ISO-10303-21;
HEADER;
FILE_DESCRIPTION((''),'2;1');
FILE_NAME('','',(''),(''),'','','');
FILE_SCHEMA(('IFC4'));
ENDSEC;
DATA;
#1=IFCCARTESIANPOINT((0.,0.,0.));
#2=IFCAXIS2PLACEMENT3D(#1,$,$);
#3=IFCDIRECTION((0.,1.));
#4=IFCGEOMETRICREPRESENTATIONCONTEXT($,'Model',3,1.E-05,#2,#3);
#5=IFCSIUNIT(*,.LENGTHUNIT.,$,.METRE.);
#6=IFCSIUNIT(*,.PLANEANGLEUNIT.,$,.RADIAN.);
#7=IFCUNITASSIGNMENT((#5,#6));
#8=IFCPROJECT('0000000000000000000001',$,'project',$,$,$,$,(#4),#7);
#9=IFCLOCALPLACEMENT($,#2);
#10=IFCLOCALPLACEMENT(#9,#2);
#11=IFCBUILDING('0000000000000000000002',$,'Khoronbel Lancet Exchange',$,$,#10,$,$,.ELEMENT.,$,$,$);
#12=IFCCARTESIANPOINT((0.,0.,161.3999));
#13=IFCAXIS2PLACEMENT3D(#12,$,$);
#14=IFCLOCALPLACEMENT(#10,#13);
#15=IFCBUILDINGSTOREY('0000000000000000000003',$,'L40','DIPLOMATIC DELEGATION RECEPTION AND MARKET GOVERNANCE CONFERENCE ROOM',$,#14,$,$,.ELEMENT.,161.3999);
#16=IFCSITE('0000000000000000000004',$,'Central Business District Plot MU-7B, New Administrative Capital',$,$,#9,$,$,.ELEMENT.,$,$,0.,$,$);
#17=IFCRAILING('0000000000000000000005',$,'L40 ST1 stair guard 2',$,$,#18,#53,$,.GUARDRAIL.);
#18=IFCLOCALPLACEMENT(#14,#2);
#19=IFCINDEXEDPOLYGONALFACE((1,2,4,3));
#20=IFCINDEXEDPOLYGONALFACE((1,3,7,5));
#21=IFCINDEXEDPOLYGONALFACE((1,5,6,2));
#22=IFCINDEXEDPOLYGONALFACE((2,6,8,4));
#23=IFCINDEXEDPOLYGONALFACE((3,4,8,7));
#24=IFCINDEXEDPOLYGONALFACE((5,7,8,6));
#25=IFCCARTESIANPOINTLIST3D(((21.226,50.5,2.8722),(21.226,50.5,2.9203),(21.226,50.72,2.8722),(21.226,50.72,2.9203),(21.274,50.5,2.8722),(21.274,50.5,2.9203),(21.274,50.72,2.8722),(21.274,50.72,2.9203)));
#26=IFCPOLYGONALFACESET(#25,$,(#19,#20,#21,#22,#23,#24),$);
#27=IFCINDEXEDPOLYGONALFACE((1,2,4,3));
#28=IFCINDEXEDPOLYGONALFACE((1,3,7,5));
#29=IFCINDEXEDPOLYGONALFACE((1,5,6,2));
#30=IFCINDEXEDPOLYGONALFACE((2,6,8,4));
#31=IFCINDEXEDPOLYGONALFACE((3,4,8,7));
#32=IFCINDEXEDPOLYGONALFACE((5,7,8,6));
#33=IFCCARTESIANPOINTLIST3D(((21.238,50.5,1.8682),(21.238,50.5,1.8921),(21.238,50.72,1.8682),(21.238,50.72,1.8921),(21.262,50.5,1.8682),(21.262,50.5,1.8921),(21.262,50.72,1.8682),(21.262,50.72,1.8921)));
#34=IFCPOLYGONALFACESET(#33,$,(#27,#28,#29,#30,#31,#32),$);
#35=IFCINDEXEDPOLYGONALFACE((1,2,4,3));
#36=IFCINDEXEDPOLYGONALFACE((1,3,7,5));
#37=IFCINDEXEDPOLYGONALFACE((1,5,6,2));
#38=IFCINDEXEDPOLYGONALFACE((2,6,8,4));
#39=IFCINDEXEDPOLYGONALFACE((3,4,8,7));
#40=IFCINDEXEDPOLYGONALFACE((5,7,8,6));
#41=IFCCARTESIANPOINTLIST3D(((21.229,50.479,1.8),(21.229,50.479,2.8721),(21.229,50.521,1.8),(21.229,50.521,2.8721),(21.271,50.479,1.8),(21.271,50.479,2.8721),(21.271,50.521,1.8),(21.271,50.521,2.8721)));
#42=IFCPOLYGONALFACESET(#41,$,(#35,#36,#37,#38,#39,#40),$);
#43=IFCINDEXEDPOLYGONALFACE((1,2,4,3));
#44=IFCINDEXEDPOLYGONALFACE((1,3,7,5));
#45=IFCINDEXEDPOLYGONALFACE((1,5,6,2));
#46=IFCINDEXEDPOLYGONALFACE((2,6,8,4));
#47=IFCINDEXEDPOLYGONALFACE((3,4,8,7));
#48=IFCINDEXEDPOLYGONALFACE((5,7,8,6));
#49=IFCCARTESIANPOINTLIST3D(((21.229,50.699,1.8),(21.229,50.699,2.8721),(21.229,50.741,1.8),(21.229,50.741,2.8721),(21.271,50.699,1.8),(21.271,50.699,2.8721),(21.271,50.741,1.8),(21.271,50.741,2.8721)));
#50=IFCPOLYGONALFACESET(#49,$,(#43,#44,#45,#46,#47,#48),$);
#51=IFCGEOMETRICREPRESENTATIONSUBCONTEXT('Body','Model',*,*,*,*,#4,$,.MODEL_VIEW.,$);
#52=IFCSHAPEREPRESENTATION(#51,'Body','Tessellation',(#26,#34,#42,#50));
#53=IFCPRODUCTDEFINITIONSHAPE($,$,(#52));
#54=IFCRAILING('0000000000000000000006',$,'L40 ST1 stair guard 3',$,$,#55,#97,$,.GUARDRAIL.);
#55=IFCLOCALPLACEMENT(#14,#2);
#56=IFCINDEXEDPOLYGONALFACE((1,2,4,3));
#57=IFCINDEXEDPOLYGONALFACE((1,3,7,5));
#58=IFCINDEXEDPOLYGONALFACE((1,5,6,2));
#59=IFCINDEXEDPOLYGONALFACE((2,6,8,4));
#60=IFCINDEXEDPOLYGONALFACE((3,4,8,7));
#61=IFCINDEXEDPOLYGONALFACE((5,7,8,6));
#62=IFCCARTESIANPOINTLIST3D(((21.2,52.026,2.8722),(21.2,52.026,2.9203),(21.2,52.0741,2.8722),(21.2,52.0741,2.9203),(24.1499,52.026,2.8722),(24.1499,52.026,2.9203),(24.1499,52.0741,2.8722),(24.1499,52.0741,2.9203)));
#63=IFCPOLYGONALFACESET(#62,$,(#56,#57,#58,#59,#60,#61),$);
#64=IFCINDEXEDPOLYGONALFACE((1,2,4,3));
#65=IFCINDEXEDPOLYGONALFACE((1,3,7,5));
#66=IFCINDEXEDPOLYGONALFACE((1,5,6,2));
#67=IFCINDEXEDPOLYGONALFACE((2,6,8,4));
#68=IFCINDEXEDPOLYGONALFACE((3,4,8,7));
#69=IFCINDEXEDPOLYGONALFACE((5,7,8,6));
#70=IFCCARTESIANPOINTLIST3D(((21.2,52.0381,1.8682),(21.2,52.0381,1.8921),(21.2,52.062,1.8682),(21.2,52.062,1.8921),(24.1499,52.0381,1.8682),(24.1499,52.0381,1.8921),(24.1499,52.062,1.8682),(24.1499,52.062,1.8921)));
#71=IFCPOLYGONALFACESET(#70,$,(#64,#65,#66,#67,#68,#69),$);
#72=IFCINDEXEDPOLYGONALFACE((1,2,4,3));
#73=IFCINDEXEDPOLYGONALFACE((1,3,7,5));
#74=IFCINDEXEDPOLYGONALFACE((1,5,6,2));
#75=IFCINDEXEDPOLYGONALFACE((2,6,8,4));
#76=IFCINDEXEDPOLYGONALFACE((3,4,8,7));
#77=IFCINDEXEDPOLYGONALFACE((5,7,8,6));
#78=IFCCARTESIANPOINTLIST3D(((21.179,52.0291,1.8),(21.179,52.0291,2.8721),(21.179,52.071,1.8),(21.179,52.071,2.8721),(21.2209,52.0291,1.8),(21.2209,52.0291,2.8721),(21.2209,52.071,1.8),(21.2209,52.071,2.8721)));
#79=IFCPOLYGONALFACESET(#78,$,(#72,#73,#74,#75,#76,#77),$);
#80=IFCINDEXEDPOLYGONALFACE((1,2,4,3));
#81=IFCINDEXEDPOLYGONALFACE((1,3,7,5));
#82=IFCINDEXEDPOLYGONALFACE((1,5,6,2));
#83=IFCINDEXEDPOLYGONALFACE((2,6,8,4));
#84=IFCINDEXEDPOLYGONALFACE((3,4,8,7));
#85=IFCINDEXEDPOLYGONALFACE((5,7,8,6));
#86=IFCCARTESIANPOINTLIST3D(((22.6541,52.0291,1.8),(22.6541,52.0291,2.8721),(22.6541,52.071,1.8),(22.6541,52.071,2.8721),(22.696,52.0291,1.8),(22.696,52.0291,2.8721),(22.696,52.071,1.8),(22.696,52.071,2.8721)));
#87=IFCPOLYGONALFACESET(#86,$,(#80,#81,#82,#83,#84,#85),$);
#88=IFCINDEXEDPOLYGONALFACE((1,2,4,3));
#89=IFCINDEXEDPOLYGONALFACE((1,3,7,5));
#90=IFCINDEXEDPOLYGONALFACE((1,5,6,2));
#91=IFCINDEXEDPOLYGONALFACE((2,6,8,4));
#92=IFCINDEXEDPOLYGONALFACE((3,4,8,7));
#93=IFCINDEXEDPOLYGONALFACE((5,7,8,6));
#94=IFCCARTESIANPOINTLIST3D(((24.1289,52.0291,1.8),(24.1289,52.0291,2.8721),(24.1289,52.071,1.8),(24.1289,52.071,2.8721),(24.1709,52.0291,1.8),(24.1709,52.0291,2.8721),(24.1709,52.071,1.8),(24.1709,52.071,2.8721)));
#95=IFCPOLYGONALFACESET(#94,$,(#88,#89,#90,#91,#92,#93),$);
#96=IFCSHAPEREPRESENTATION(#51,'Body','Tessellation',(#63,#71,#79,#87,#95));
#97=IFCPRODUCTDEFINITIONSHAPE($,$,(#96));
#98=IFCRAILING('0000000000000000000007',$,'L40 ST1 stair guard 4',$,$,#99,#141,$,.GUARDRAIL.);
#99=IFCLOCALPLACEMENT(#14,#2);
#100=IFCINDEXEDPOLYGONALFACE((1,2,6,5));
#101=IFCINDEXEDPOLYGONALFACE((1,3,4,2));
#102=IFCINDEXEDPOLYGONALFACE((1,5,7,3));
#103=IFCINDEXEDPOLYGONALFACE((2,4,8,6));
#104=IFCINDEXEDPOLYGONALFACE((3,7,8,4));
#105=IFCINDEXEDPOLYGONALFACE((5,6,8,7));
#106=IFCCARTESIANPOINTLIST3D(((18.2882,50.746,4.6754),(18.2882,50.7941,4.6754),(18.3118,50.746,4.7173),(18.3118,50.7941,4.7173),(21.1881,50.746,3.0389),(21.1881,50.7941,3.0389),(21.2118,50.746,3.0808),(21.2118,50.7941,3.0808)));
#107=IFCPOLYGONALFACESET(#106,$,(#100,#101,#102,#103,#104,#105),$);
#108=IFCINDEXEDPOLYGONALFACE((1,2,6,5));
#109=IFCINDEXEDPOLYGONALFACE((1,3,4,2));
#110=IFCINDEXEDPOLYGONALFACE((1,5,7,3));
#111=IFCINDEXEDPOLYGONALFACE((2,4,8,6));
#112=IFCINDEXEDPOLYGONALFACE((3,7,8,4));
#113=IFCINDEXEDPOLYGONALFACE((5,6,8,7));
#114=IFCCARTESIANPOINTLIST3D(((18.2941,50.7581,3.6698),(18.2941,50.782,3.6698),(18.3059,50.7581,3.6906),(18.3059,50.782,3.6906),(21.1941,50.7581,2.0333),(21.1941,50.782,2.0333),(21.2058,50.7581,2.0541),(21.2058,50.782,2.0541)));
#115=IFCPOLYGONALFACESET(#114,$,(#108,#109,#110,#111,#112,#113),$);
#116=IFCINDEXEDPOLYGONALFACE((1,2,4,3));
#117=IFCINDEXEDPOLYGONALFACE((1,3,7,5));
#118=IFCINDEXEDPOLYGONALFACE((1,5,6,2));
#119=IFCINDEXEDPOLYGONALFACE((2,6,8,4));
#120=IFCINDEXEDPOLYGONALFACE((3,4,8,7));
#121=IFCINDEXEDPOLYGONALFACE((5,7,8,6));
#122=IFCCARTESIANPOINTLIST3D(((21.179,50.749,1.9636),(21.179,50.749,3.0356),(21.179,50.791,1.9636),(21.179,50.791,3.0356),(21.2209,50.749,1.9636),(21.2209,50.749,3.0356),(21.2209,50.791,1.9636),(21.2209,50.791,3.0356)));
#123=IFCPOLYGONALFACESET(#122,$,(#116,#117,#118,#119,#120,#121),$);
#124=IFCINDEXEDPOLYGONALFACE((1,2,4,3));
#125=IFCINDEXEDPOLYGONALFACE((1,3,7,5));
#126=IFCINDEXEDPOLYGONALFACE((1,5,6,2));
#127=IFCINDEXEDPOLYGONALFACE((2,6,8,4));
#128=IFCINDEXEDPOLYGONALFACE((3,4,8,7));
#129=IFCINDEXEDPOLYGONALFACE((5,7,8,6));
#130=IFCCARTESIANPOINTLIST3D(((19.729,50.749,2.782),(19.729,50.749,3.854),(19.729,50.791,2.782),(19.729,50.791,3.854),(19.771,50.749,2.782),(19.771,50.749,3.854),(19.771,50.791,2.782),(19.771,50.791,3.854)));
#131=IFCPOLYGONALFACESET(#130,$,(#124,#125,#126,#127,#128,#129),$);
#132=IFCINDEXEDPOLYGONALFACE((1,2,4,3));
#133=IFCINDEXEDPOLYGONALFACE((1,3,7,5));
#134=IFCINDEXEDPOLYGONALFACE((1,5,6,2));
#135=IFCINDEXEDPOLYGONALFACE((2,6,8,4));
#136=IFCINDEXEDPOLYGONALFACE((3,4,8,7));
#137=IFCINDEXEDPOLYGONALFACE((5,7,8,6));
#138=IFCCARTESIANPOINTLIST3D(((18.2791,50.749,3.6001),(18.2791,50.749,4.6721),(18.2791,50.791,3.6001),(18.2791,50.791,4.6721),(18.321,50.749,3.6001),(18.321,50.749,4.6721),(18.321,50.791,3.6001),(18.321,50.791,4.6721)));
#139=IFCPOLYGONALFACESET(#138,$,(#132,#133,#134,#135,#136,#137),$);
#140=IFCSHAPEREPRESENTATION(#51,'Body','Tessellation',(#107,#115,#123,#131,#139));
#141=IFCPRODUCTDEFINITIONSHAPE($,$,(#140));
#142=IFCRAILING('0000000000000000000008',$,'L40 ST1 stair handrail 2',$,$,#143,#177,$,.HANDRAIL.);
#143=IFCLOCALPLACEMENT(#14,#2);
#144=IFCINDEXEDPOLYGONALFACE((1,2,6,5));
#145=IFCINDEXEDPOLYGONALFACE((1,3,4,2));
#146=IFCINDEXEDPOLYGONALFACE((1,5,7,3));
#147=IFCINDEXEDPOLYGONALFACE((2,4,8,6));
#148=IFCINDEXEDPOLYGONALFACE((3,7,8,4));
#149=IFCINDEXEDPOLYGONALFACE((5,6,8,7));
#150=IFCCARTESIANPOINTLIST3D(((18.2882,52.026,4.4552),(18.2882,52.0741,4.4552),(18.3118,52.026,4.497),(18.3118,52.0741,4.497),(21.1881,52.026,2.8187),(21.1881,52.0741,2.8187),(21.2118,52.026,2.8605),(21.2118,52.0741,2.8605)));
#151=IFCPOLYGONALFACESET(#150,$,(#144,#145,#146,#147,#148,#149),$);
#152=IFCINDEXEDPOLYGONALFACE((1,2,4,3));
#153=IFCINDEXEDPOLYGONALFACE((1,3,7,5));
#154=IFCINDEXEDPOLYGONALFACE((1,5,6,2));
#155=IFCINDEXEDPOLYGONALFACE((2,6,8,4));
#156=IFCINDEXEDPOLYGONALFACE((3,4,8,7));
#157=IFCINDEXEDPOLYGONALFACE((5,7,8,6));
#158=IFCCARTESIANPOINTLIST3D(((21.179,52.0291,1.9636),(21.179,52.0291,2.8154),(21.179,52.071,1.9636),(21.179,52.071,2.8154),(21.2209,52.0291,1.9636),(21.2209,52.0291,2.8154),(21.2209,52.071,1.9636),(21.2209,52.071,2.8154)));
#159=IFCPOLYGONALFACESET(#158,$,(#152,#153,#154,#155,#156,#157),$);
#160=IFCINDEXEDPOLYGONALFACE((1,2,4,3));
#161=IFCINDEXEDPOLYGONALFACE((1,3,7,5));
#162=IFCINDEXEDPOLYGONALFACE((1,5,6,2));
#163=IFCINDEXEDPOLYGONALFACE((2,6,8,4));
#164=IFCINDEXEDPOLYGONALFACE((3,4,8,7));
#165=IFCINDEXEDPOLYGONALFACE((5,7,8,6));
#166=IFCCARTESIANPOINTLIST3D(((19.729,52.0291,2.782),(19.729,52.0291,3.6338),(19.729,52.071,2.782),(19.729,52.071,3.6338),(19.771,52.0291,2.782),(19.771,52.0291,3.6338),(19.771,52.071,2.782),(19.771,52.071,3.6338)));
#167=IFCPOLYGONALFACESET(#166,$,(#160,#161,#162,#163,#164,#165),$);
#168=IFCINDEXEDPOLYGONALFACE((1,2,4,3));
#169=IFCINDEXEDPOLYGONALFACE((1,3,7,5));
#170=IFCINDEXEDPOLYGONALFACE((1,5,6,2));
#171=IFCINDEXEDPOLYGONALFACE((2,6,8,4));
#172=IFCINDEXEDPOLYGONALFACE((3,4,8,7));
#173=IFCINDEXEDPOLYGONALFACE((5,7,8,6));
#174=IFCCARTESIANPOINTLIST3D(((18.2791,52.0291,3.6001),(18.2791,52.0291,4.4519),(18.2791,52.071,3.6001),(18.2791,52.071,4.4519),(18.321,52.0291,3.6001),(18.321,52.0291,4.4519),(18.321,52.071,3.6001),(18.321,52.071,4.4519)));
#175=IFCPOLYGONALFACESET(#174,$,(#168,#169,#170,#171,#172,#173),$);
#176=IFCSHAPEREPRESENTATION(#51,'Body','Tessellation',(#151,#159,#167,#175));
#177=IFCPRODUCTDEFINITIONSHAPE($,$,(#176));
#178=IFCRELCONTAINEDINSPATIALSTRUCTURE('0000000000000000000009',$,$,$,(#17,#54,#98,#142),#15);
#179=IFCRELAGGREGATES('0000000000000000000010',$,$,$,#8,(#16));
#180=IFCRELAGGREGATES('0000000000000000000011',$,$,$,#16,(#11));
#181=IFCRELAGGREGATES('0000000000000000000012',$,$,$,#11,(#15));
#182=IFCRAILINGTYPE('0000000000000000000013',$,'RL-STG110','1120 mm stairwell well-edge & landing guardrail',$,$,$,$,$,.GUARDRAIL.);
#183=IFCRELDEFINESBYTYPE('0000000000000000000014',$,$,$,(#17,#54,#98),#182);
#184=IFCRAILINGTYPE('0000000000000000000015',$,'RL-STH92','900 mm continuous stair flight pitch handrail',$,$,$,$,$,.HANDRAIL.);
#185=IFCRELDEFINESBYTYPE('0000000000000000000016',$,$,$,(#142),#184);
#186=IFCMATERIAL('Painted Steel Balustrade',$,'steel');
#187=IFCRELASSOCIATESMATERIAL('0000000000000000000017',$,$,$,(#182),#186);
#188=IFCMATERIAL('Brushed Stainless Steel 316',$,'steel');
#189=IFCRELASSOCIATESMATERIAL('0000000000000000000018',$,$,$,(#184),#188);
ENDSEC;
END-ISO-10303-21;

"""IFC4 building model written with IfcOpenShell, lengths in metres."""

from ifc_helpers import new_model, si_unit, direction, frame, origin, origin_2d, place, context, subcontext, project, spatial, rectangle, extrude, material, type_object, element, save


model = new_model("IFC4")

# Units and contexts
model_context = context("Model", 3, precision=1e-05, world=origin(), true_north=direction((0.0, 1.0)))
body_context = subcontext(model_context, "Body", "Model", "MODEL_VIEW")
ifc_project = project(units=[si_unit("LENGTHUNIT", "METRE"), si_unit("PLANEANGLEUNIT", "RADIAN")], contexts=[model_context])

# Site, building, storey
site_placement = place(None, origin())
site = spatial("IfcSite", under=ifc_project, at=site_placement, Name="Central Business District Plot MU-7B, New Administrative Capital", CompositionType="ELEMENT", RefElevation=0.0)
building_placement = place(site_placement, origin())
building = spatial("IfcBuilding", under=site, at=building_placement, Name="Khoronbel Lancet Exchange", CompositionType="ELEMENT")
storey_placement = place(building_placement, frame((0.0, 0.0, 161.3999)))
storey = spatial("IfcBuildingStorey", under=building, at=storey_placement, Name="L40", Description="DIPLOMATIC DELEGATION RECEPTION AND MARKET GOVERNANCE CONFERENCE ROOM", CompositionType="ELEMENT", Elevation=161.3999)

# Railings
ifc_material_1 = material(Name="Painted Steel Balustrade", Category="steel")
railing_type_1 = type_object("IfcRailingType", Name="RL-STG110", Description="1120 mm stairwell well-edge & landing guardrail", PredefinedType="GUARDRAIL", material=ifc_material_1)
railing_1_placement = place(storey_placement, frame((21.25, 50.5, 1.8)))
element("IfcRailing", 1, at=railing_1_placement, inside=storey, type_object=railing_type_1, Name="L40 ST1 stair guard 2", PredefinedType="GUARDRAIL", context=body_context, shape_type="SweptSolid", body=[
    extrude(rectangle(XDim=0.0481, YDim=0.0481, at=origin_2d()), frame((0.0, 0.0, 1.0962), z_axis=(0.0, 1.0, 0.0), x_axis=(-1.0, 0.0, 0.0)), (0.0, 0.0, 1.0), 0.22),
    extrude(rectangle(XDim=0.0239, YDim=0.0239, at=origin_2d()), frame((0.0, 0.0, 0.0801), z_axis=(0.0, 1.0, 0.0), x_axis=(-1.0, 0.0, 0.0)), (0.0, 0.0, 1.0), 0.22),
    extrude(rectangle(XDim=0.042, YDim=0.042, at=origin_2d()), origin(), (0.0, 0.0, 1.0), 1.072),
    extrude(rectangle(XDim=0.042, YDim=0.042, at=origin_2d()), frame((0.0, 0.22, 0.0)), (0.0, 0.0, 1.0), 1.072),
])
railing_2_placement = place(storey_placement, frame((21.2, 52.05, 1.8)))
element("IfcRailing", 2, at=railing_2_placement, inside=storey, type_object=railing_type_1, Name="L40 ST1 stair guard 3", PredefinedType="GUARDRAIL", context=body_context, shape_type="SweptSolid", body=[
    extrude(rectangle(XDim=0.0481, YDim=0.0481, at=origin_2d()), frame((0.0, 0.0, 1.0962), z_axis=(1.0, 0.0, 0.0), x_axis=(0.0, 1.0, 0.0)), (0.0, 0.0, 1.0), 2.95),
    extrude(rectangle(XDim=0.0239, YDim=0.0239, at=origin_2d()), frame((0.0, 0.0, 0.0801), z_axis=(1.0, 0.0, 0.0), x_axis=(0.0, 1.0, 0.0)), (0.0, 0.0, 1.0), 2.95),
    extrude(rectangle(XDim=0.042, YDim=0.042, at=origin_2d()), origin(), (0.0, 0.0, 1.0), 1.072),
    extrude(rectangle(XDim=0.042, YDim=0.042, at=origin_2d()), frame((1.4751, 0.0, 0.0)), (0.0, 0.0, 1.0), 1.072),
    extrude(rectangle(XDim=0.042, YDim=0.042, at=origin_2d()), frame((2.95, 0.0, 0.0)), (0.0, 0.0, 1.0), 1.072),
])
railing_3_placement = place(storey_placement, frame((21.2, 50.77, 1.9636)))
element("IfcRailing", 3, at=railing_3_placement, inside=storey, type_object=railing_type_1, Name="L40 ST1 stair guard 4", PredefinedType="GUARDRAIL", context=body_context, shape_type="SweptSolid", body=[
    extrude(rectangle(XDim=0.0481, YDim=0.0481, at=origin_2d()), frame((0.0, 0.0, 1.0962), z_axis=(-0.870897, 0.0, 0.491465), x_axis=(0.0, -1.0, 0.0)), (0.0, 0.0, 1.0), 3.3298),
    extrude(rectangle(XDim=0.0239, YDim=0.0239, at=origin_2d()), frame((0.0, 0.0, 0.0801), z_axis=(-0.870897, 0.0, 0.491465), x_axis=(0.0, -1.0, 0.0)), (0.0, 0.0, 1.0), 3.3298),
    extrude(rectangle(XDim=0.042, YDim=0.042, at=origin_2d()), origin(), (0.0, 0.0, 1.0), 1.072),
    extrude(rectangle(XDim=0.042, YDim=0.042, at=origin_2d()), frame((-1.45, 0.0, 0.8184)), (0.0, 0.0, 1.0), 1.072),
    extrude(rectangle(XDim=0.042, YDim=0.042, at=origin_2d()), frame((-2.8999, 0.0, 1.6365)), (0.0, 0.0, 1.0), 1.072),
])
ifc_material_2 = material(Name="Brushed Stainless Steel 316", Category="steel")
railing_type_2 = type_object("IfcRailingType", Name="RL-STH92", Description="900 mm continuous stair flight pitch handrail", PredefinedType="HANDRAIL", material=ifc_material_2)
railing_4_placement = place(storey_placement, frame((21.2, 52.05, 1.9636)))
element("IfcRailing", 4, at=railing_4_placement, inside=storey, type_object=railing_type_2, Name="L40 ST1 stair handrail 2", PredefinedType="HANDRAIL", context=body_context, shape_type="SweptSolid", body=[
    extrude(rectangle(XDim=0.0481, YDim=0.0481, at=origin_2d()), frame((0.0, 0.0, 0.876), z_axis=(-0.870897, 0.0, 0.491465), x_axis=(0.0, -1.0, 0.0)), (0.0, 0.0, 1.0), 3.3298),
    extrude(rectangle(XDim=0.042, YDim=0.042, at=origin_2d()), origin(), (0.0, 0.0, 1.0), 0.8518),
    extrude(rectangle(XDim=0.042, YDim=0.042, at=origin_2d()), frame((-1.45, 0.0, 0.8184)), (0.0, 0.0, 1.0), 0.8518),
    extrude(rectangle(XDim=0.042, YDim=0.042, at=origin_2d()), frame((-2.8999, 0.0, 1.6365)), (0.0, 0.0, 1.0), 0.8518),
])

save(model, "model.ifc")
